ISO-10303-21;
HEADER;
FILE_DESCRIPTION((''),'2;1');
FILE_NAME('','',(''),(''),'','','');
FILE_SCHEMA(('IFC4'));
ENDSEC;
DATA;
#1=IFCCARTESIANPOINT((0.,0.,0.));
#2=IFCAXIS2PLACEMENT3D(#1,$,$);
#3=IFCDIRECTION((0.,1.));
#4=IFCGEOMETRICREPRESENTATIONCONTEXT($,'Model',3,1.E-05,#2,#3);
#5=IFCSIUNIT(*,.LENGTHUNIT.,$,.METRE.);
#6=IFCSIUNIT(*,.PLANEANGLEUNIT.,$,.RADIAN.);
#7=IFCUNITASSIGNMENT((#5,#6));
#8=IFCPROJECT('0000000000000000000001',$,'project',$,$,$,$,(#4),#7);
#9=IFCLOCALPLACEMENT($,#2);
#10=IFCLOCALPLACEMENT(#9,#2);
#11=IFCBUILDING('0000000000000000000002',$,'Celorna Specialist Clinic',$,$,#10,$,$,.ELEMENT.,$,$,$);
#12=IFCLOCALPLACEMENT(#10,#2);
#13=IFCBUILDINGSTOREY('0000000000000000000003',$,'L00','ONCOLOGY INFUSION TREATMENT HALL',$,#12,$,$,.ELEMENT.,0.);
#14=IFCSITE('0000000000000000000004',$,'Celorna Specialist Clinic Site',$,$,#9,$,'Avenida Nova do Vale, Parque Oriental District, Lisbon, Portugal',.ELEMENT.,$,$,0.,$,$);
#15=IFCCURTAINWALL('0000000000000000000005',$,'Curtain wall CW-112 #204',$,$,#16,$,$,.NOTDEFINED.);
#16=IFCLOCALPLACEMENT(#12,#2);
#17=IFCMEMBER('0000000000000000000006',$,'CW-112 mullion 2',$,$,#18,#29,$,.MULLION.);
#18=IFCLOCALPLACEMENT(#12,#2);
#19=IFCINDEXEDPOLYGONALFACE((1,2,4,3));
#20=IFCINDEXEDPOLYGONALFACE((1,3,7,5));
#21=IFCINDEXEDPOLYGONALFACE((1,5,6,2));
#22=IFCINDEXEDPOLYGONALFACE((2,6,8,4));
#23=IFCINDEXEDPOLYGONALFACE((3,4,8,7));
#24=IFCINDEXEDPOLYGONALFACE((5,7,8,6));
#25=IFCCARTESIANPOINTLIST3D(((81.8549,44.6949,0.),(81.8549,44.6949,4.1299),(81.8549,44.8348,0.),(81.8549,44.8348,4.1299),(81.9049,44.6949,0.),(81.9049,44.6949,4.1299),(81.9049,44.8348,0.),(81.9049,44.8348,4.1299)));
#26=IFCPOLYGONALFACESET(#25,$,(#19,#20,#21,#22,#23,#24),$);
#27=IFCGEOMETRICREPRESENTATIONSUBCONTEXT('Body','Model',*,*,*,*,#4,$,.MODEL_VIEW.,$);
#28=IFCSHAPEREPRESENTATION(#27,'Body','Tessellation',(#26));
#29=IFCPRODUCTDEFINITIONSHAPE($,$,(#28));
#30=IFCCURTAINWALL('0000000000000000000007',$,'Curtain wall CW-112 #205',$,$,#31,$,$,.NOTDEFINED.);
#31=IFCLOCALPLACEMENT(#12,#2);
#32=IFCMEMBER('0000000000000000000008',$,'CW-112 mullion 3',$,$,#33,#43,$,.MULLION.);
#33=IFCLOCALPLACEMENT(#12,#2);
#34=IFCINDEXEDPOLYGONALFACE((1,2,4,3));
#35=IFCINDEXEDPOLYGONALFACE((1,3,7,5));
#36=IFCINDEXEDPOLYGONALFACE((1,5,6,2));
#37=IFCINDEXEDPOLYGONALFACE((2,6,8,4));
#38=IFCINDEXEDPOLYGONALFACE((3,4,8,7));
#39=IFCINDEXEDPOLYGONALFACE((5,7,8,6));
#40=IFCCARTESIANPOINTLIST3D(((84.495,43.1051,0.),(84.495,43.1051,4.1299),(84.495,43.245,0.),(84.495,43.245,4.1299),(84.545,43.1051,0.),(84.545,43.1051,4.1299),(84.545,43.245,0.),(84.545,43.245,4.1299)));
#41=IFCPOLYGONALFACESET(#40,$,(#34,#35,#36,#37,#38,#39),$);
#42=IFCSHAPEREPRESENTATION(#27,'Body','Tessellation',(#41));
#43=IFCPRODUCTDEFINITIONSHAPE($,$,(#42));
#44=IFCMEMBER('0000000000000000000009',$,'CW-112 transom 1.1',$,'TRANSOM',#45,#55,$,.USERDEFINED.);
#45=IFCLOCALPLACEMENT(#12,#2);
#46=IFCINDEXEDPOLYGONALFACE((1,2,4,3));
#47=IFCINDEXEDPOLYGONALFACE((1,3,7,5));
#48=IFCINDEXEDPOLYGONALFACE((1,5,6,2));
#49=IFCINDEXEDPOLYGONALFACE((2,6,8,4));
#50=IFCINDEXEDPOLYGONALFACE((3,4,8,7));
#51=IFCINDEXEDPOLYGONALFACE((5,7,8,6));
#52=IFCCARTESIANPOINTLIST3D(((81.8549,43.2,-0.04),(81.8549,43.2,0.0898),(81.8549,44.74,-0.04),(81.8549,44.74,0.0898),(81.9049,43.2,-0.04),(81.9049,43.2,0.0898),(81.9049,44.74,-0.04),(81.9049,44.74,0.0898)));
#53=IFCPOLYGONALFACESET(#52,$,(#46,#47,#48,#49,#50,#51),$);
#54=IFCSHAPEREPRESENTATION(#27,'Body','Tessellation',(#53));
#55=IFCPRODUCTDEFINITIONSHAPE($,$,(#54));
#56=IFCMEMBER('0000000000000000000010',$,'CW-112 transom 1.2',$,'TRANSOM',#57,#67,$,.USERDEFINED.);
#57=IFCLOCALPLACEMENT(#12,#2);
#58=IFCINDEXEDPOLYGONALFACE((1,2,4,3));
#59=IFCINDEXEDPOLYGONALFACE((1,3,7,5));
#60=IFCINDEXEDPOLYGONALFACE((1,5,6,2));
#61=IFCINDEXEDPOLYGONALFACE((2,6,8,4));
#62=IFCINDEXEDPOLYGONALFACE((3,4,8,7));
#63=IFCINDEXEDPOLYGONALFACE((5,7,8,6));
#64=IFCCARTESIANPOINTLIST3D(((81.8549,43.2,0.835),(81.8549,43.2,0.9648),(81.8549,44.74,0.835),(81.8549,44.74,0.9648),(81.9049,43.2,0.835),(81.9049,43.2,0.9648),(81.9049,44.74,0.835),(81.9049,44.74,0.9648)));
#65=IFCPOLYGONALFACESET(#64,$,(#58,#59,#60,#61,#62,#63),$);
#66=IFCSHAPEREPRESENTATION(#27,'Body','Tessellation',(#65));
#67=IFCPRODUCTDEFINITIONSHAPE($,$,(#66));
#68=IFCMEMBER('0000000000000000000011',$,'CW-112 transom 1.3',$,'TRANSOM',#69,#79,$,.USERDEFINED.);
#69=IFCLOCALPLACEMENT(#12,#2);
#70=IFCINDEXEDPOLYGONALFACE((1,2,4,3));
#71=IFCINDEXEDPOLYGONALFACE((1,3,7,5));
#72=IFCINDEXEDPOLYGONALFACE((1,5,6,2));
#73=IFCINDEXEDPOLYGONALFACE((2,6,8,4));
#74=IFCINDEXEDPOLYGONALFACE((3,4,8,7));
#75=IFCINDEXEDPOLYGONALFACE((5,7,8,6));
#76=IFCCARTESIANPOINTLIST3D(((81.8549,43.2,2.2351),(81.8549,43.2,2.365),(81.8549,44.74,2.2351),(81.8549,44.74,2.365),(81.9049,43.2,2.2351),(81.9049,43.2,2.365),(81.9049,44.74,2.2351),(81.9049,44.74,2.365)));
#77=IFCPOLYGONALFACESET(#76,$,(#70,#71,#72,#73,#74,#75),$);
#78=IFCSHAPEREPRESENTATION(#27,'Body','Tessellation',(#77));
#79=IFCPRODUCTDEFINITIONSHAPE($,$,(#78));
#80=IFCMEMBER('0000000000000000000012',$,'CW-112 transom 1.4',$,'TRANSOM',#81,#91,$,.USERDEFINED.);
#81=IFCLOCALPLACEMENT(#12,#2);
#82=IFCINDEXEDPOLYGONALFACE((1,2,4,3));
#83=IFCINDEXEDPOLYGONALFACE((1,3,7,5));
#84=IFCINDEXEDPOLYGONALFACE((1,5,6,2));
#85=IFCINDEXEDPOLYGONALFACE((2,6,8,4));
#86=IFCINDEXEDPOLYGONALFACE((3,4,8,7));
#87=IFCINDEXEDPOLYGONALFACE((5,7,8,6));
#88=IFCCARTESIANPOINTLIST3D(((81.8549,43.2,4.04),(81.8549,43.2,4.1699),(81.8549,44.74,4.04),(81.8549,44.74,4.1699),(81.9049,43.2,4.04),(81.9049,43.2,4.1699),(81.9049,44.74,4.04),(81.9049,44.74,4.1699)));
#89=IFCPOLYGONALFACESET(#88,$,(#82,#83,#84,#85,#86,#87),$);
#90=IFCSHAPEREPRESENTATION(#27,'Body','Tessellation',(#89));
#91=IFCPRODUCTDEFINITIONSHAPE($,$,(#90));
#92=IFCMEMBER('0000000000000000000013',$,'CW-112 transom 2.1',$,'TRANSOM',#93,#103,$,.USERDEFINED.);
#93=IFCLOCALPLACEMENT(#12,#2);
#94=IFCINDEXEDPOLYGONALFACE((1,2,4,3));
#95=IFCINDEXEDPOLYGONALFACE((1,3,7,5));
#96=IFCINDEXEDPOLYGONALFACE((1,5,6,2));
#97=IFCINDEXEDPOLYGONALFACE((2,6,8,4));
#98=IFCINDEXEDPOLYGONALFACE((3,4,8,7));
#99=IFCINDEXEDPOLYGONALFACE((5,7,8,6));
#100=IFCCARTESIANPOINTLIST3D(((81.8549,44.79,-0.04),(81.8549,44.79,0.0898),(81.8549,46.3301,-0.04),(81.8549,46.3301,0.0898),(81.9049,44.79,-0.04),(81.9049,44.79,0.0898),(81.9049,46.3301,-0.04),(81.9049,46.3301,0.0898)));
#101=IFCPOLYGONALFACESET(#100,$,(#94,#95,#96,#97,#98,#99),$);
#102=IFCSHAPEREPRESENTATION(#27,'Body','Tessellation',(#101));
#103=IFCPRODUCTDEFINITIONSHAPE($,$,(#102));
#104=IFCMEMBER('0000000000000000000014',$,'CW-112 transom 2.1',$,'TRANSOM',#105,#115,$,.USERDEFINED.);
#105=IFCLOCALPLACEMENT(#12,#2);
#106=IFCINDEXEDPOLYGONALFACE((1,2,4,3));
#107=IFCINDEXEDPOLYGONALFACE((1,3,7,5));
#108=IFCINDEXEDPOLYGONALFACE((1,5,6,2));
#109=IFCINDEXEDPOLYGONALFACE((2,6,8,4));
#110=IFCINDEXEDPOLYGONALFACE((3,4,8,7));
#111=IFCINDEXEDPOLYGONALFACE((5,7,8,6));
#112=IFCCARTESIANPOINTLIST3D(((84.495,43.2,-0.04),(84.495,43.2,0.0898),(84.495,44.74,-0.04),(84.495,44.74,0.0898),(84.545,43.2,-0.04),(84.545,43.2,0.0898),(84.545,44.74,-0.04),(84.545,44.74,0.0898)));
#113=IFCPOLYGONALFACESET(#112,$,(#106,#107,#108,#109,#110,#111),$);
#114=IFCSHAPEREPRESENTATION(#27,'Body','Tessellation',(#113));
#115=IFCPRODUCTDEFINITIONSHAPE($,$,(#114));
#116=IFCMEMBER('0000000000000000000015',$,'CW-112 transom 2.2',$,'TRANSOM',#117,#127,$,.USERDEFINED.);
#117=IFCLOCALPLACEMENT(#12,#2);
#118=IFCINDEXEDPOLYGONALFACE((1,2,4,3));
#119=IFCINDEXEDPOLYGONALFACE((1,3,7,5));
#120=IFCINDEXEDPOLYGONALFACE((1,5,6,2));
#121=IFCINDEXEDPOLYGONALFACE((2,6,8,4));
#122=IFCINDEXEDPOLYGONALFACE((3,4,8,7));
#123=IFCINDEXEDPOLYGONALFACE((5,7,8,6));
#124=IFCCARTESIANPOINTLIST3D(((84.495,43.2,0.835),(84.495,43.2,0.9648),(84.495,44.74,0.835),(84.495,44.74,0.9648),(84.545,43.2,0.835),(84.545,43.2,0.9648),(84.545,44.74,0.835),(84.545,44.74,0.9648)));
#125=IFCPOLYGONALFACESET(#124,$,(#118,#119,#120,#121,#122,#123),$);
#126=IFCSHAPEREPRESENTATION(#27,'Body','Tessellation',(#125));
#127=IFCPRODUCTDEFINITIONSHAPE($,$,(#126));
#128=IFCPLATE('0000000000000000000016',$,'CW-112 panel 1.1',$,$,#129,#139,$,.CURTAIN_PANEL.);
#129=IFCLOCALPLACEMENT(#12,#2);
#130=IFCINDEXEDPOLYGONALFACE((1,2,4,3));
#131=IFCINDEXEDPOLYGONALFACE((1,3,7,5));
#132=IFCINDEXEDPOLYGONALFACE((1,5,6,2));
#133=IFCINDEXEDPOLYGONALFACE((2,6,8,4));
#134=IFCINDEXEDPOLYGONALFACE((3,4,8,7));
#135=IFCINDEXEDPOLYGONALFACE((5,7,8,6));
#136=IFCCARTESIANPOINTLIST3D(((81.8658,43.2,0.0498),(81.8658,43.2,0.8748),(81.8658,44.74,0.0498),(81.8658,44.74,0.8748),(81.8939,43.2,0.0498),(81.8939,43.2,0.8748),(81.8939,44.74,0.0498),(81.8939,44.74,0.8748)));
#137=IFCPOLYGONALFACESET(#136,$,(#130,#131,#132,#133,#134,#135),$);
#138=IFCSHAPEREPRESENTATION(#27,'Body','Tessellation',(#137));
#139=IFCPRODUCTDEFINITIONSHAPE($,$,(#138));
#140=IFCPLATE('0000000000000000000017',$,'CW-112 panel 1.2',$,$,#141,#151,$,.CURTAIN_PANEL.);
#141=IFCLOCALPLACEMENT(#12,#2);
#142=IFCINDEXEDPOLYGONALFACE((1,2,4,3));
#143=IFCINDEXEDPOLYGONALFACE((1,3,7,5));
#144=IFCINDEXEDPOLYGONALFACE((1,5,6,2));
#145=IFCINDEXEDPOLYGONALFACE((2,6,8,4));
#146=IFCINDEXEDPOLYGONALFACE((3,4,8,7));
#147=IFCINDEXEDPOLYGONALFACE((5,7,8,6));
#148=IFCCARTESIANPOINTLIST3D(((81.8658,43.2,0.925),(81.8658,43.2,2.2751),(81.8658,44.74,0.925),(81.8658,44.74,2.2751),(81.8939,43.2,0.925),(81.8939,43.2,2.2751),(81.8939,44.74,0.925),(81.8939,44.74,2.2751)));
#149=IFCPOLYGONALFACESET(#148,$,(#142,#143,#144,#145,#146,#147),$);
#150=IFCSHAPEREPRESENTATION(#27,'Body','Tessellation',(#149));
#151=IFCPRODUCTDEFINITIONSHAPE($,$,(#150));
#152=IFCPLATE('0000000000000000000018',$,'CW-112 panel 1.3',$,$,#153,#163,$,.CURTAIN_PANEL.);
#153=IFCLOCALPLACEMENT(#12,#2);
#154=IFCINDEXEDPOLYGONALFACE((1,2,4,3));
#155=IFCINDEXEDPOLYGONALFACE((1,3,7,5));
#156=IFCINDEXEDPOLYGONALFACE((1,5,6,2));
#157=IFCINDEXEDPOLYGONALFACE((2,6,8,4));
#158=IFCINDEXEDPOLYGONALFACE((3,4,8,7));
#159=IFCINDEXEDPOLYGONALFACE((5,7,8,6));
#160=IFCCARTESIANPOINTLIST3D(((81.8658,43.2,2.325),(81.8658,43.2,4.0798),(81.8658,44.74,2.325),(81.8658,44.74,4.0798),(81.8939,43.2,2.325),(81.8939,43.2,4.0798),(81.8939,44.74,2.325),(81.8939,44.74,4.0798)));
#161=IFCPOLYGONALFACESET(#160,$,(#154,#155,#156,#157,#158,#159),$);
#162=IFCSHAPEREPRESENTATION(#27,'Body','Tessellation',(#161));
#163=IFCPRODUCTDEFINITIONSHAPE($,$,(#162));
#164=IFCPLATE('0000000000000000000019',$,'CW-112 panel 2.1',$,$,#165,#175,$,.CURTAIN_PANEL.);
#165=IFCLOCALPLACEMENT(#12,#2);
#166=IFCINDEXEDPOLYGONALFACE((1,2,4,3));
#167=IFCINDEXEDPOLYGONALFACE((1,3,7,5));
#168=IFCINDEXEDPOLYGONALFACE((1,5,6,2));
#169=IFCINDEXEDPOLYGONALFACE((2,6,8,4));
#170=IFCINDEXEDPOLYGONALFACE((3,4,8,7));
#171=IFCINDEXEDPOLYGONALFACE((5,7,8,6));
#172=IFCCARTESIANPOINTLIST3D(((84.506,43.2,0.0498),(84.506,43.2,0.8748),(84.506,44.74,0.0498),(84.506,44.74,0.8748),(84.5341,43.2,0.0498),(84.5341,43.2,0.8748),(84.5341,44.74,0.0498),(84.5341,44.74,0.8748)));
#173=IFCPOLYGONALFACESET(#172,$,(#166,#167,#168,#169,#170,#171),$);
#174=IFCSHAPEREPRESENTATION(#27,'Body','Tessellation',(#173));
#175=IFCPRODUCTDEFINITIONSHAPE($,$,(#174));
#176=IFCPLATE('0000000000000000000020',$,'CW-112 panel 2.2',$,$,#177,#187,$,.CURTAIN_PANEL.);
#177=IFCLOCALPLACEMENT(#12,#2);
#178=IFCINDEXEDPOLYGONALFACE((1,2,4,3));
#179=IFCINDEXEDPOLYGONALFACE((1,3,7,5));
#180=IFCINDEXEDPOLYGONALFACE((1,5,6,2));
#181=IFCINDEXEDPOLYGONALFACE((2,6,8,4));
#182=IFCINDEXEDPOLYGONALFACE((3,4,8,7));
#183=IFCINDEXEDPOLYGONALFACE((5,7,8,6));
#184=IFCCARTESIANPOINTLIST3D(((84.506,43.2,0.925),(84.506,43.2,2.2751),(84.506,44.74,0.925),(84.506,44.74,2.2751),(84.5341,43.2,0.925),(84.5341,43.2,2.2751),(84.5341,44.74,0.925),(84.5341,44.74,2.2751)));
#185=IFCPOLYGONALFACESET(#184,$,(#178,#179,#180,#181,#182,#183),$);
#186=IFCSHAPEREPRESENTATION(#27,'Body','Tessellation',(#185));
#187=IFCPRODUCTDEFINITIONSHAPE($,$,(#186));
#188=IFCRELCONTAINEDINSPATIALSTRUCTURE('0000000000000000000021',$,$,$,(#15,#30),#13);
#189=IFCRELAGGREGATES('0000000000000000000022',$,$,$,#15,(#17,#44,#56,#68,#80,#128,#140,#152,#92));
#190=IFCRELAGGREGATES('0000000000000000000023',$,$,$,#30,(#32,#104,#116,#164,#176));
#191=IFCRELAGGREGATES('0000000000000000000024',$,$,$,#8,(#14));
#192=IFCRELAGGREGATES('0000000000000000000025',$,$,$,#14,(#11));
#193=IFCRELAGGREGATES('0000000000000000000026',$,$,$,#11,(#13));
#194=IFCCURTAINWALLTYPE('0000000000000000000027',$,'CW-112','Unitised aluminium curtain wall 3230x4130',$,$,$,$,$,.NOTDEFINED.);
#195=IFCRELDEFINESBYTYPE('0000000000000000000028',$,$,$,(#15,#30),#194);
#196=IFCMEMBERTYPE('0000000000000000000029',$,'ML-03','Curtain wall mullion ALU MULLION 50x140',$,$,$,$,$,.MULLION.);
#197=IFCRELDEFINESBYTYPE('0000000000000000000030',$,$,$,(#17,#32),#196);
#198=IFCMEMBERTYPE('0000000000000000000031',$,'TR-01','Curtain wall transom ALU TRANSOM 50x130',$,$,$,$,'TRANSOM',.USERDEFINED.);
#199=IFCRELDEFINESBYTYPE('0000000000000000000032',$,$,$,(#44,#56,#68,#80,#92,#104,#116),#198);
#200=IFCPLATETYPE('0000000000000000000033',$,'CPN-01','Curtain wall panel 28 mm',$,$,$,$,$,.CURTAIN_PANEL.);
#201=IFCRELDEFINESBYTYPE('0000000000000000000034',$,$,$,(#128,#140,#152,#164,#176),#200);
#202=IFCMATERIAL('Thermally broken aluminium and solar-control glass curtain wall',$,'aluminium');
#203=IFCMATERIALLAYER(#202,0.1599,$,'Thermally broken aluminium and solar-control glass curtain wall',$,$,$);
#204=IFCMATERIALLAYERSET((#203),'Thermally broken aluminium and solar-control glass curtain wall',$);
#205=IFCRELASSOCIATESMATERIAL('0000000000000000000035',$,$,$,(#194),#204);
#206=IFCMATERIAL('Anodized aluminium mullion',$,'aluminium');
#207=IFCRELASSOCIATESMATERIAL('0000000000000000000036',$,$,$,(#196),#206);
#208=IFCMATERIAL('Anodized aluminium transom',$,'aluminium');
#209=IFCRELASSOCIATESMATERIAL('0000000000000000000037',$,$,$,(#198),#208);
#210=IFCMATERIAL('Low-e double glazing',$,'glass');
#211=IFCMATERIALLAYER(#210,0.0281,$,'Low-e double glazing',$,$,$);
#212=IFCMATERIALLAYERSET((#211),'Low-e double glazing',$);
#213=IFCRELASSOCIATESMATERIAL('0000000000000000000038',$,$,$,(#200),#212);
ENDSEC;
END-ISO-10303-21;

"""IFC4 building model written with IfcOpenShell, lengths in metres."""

from ifc_helpers import new_model, si_unit, direction, frame, origin, origin_2d, place, context, subcontext, project, spatial, rectangle, extrude, material, layer, layer_set, material_profile, profile_set, type_object, element, aggregate, save


model = new_model("IFC4")

# Units and contexts
model_context = context("Model", 3, precision=1e-05, world=origin(), true_north=direction((0.0, 1.0)))
body_context = subcontext(model_context, "Body", "Model", "MODEL_VIEW")
ifc_project = project(units=[si_unit("LENGTHUNIT", "METRE"), si_unit("PLANEANGLEUNIT", "RADIAN")], contexts=[model_context])

# Site, building, storey
site_placement = place(None, origin())
site = spatial("IfcSite", under=ifc_project, at=site_placement, Name="Celorna Specialist Clinic Site", LongName="Avenida Nova do Vale, Parque Oriental District, Lisbon, Portugal", CompositionType="ELEMENT", RefElevation=0.0)
building_placement = place(site_placement, origin())
building = spatial("IfcBuilding", under=site, at=building_placement, Name="Celorna Specialist Clinic", CompositionType="ELEMENT")
storey_placement = place(building_placement, origin())
storey = spatial("IfcBuildingStorey", under=building, at=storey_placement, Name="L00", Description="ONCOLOGY INFUSION TREATMENT HALL", CompositionType="ELEMENT", Elevation=0.0)

# Curtain wall, member
ifc_material_1 = material(Name="Thermally broken aluminium and solar-control glass curtain wall", Category="aluminium")
ifc_layer_1 = layer(ifc_material_1, 0.1599, Name="Thermally broken aluminium and solar-control glass curtain wall")
ifc_layer_set_1 = layer_set([ifc_layer_1], Name="Thermally broken aluminium and solar-control glass curtain wall")
curtain_wall_type = type_object("IfcCurtainWallType", Name="CW-112", Description="Unitised aluminium curtain wall 3230x4130", PredefinedType="NOTDEFINED", material=ifc_layer_set_1)
curtain_wall_1_placement = place(storey_placement, origin())
curtain_wall_1 = element("IfcCurtainWall", 1, at=curtain_wall_1_placement, inside=storey, type_object=curtain_wall_type, Name="Curtain wall CW-112 #204", PredefinedType="NOTDEFINED")
ifc_material_2 = material(Name="Anodized aluminium mullion", Category="aluminium")
ifc_material_profile_1 = material_profile(ifc_material_2, rectangle(XDim=0.05, YDim=0.1399, at=origin_2d()), Name="ALU MULLION 50x140")
ifc_profile_set_1 = profile_set([ifc_material_profile_1], Name="Anodized aluminium mullion")
member_type_1 = type_object("IfcMemberType", Name="ML-03", Description="Curtain wall mullion ALU MULLION 50x140", PredefinedType="MULLION", material=ifc_profile_set_1)
member_1_placement = place(storey_placement, frame((81.8799, 44.7649, 0.0), z_axis=(0.0, 0.0, 1.0), x_axis=(-1.0, 0.0, 0.0)))
member_1 = element("IfcMember", 2, at=member_1_placement, type_object=member_type_1, Name="CW-112 mullion 2", PredefinedType="MULLION", context=body_context, shape_type="SweptSolid", body=[
    extrude(rectangle(XDim=0.05, YDim=0.1399, at=origin_2d()), origin(), (0.0, 0.0, 1.0), 4.1299),
])

# Curtain wall, member
curtain_wall_2_placement = place(storey_placement, origin())
curtain_wall_2 = element("IfcCurtainWall", 3, at=curtain_wall_2_placement, inside=storey, type_object=curtain_wall_type, Name="Curtain wall CW-112 #205", PredefinedType="NOTDEFINED")
member_2_placement = place(storey_placement, frame((84.52, 43.175, 0.0), z_axis=(0.0, 0.0, 1.0), x_axis=(1.0, 0.0, 0.0)))
member_2 = element("IfcMember", 4, at=member_2_placement, type_object=member_type_1, Name="CW-112 mullion 3", PredefinedType="MULLION", context=body_context, shape_type="SweptSolid", body=[
    extrude(rectangle(XDim=0.05, YDim=0.1399, at=origin_2d()), origin(), (0.0, 0.0, 1.0), 4.1299),
])

# Members
ifc_material_3 = material(Name="Anodized aluminium transom", Category="aluminium")
ifc_material_profile_2 = material_profile(ifc_material_3, rectangle(XDim=0.05, YDim=0.1299, at=origin_2d()), Name="ALU TRANSOM 50x130")
ifc_profile_set_2 = profile_set([ifc_material_profile_2], Name="Anodized aluminium transom")
member_type_2 = type_object("IfcMemberType", Name="TR-01", Description="Curtain wall transom ALU TRANSOM 50x130", ElementType="TRANSOM", PredefinedType="USERDEFINED", material=ifc_profile_set_2)
member_3_placement = place(storey_placement, frame((81.8799, 43.2, 0.0249), z_axis=(0.0, 1.0, 0.0), x_axis=(-1.0, 0.0, 0.0)))
member_3 = element("IfcMember", 5, at=member_3_placement, type_object=member_type_2, Name="CW-112 transom 1.1", ObjectType="TRANSOM", PredefinedType="USERDEFINED", context=body_context, shape_type="SweptSolid", body=[
    extrude(rectangle(XDim=0.05, YDim=0.1299, at=origin_2d()), origin(), (0.0, 0.0, 1.0), 1.54),
])
member_4_placement = place(storey_placement, frame((81.8799, 43.2, 0.8999), z_axis=(0.0, 1.0, 0.0), x_axis=(-1.0, 0.0, 0.0)))
member_4 = element("IfcMember", 6, at=member_4_placement, type_object=member_type_2, Name="CW-112 transom 1.2", ObjectType="TRANSOM", PredefinedType="USERDEFINED", context=body_context, shape_type="SweptSolid", body=[
    extrude(rectangle(XDim=0.05, YDim=0.1299, at=origin_2d()), origin(), (0.0, 0.0, 1.0), 1.54),
])
member_5_placement = place(storey_placement, frame((81.8799, 43.2, 2.3), z_axis=(0.0, 1.0, 0.0), x_axis=(-1.0, 0.0, 0.0)))
member_5 = element("IfcMember", 7, at=member_5_placement, type_object=member_type_2, Name="CW-112 transom 1.3", ObjectType="TRANSOM", PredefinedType="USERDEFINED", context=body_context, shape_type="SweptSolid", body=[
    extrude(rectangle(XDim=0.05, YDim=0.1299, at=origin_2d()), origin(), (0.0, 0.0, 1.0), 1.54),
])
member_6_placement = place(storey_placement, frame((81.8799, 43.2, 4.105), z_axis=(0.0, 1.0, 0.0), x_axis=(-1.0, 0.0, 0.0)))
member_6 = element("IfcMember", 8, at=member_6_placement, type_object=member_type_2, Name="CW-112 transom 1.4", ObjectType="TRANSOM", PredefinedType="USERDEFINED", context=body_context, shape_type="SweptSolid", body=[
    extrude(rectangle(XDim=0.05, YDim=0.1299, at=origin_2d()), origin(), (0.0, 0.0, 1.0), 1.54),
])
member_7_placement = place(storey_placement, frame((81.8799, 44.79, 0.0249), z_axis=(0.0, 1.0, 0.0), x_axis=(-1.0, 0.0, 0.0)))
member_7 = element("IfcMember", 9, at=member_7_placement, type_object=member_type_2, Name="CW-112 transom 2.1", ObjectType="TRANSOM", PredefinedType="USERDEFINED", context=body_context, shape_type="SweptSolid", body=[
    extrude(rectangle(XDim=0.05, YDim=0.1299, at=origin_2d()), origin(), (0.0, 0.0, 1.0), 1.54),
])
member_8_placement = place(storey_placement, frame((84.52, 44.74, 0.0249), z_axis=(0.0, -1.0, 0.0), x_axis=(1.0, 0.0, 0.0)))
member_8 = element("IfcMember", 10, at=member_8_placement, type_object=member_type_2, Name="CW-112 transom 2.1", ObjectType="TRANSOM", PredefinedType="USERDEFINED", context=body_context, shape_type="SweptSolid", body=[
    extrude(rectangle(XDim=0.05, YDim=0.1299, at=origin_2d()), origin(), (0.0, 0.0, 1.0), 1.54),
])
member_9_placement = place(storey_placement, frame((84.52, 44.74, 0.8999), z_axis=(0.0, -1.0, 0.0), x_axis=(1.0, 0.0, 0.0)))
member_9 = element("IfcMember", 11, at=member_9_placement, type_object=member_type_2, Name="CW-112 transom 2.2", ObjectType="TRANSOM", PredefinedType="USERDEFINED", context=body_context, shape_type="SweptSolid", body=[
    extrude(rectangle(XDim=0.05, YDim=0.1299, at=origin_2d()), origin(), (0.0, 0.0, 1.0), 1.54),
])

# Plates
ifc_material_4 = material(Name="Low-e double glazing", Category="glass")
ifc_layer_2 = layer(ifc_material_4, 0.0281, Name="Low-e double glazing")
ifc_layer_set_2 = layer_set([ifc_layer_2], Name="Low-e double glazing")
plate_type_1 = type_object("IfcPlateType", Name="CPN-01", Description="Curtain wall panel 28 mm", PredefinedType="CURTAIN_PANEL", material=ifc_layer_set_2)
plate_1_placement = place(storey_placement, frame((81.8799, 43.97, 0.0498), z_axis=(0.0, 0.0, 1.0), x_axis=(0.0, 1.0, 0.0)))
plate_1 = element("IfcPlate", 12, at=plate_1_placement, type_object=plate_type_1, Name="CW-112 panel 1.1", PredefinedType="CURTAIN_PANEL", context=body_context, shape_type="SweptSolid", body=[
    extrude(rectangle(XDim=1.54, YDim=0.0281, at=origin_2d()), origin(), (0.0, 0.0, 1.0), 0.825),
])
plate_2_placement = place(storey_placement, frame((81.8799, 43.97, 0.925), z_axis=(0.0, 0.0, 1.0), x_axis=(0.0, 1.0, 0.0)))
plate_2 = element("IfcPlate", 13, at=plate_2_placement, type_object=plate_type_1, Name="CW-112 panel 1.2", PredefinedType="CURTAIN_PANEL", context=body_context, shape_type="SweptSolid", body=[
    extrude(rectangle(XDim=1.54, YDim=0.0281, at=origin_2d()), origin(), (0.0, 0.0, 1.0), 1.3501),
])
plate_3_placement = place(storey_placement, frame((81.8799, 43.97, 2.325), z_axis=(0.0, 0.0, 1.0), x_axis=(0.0, 1.0, 0.0)))
plate_3 = element("IfcPlate", 14, at=plate_3_placement, type_object=plate_type_1, Name="CW-112 panel 1.3", PredefinedType="CURTAIN_PANEL", context=body_context, shape_type="SweptSolid", body=[
    extrude(rectangle(XDim=1.54, YDim=0.0281, at=origin_2d()), origin(), (0.0, 0.0, 1.0), 1.7549),
])
aggregate(curtain_wall_1, [member_1, member_3, member_4, member_5, member_6, plate_1, plate_2, plate_3, member_7])
plate_4_placement = place(storey_placement, frame((84.52, 43.97, 0.0498), z_axis=(0.0, 0.0, 1.0), x_axis=(0.0, -1.0, 0.0)))
plate_4 = element("IfcPlate", 15, at=plate_4_placement, type_object=plate_type_1, Name="CW-112 panel 2.1", PredefinedType="CURTAIN_PANEL", context=body_context, shape_type="SweptSolid", body=[
    extrude(rectangle(XDim=1.54, YDim=0.0281, at=origin_2d()), origin(), (0.0, 0.0, 1.0), 0.825),
])
plate_5_placement = place(storey_placement, frame((84.52, 43.97, 0.925), z_axis=(0.0, 0.0, 1.0), x_axis=(0.0, -1.0, 0.0)))
plate_5 = element("IfcPlate", 16, at=plate_5_placement, type_object=plate_type_1, Name="CW-112 panel 2.2", PredefinedType="CURTAIN_PANEL", context=body_context, shape_type="SweptSolid", body=[
    extrude(rectangle(XDim=1.54, YDim=0.0281, at=origin_2d()), origin(), (0.0, 0.0, 1.0), 1.3501),
])
aggregate(curtain_wall_2, [member_2, member_8, member_9, plate_4, plate_5])

save(model, "model.ifc")
